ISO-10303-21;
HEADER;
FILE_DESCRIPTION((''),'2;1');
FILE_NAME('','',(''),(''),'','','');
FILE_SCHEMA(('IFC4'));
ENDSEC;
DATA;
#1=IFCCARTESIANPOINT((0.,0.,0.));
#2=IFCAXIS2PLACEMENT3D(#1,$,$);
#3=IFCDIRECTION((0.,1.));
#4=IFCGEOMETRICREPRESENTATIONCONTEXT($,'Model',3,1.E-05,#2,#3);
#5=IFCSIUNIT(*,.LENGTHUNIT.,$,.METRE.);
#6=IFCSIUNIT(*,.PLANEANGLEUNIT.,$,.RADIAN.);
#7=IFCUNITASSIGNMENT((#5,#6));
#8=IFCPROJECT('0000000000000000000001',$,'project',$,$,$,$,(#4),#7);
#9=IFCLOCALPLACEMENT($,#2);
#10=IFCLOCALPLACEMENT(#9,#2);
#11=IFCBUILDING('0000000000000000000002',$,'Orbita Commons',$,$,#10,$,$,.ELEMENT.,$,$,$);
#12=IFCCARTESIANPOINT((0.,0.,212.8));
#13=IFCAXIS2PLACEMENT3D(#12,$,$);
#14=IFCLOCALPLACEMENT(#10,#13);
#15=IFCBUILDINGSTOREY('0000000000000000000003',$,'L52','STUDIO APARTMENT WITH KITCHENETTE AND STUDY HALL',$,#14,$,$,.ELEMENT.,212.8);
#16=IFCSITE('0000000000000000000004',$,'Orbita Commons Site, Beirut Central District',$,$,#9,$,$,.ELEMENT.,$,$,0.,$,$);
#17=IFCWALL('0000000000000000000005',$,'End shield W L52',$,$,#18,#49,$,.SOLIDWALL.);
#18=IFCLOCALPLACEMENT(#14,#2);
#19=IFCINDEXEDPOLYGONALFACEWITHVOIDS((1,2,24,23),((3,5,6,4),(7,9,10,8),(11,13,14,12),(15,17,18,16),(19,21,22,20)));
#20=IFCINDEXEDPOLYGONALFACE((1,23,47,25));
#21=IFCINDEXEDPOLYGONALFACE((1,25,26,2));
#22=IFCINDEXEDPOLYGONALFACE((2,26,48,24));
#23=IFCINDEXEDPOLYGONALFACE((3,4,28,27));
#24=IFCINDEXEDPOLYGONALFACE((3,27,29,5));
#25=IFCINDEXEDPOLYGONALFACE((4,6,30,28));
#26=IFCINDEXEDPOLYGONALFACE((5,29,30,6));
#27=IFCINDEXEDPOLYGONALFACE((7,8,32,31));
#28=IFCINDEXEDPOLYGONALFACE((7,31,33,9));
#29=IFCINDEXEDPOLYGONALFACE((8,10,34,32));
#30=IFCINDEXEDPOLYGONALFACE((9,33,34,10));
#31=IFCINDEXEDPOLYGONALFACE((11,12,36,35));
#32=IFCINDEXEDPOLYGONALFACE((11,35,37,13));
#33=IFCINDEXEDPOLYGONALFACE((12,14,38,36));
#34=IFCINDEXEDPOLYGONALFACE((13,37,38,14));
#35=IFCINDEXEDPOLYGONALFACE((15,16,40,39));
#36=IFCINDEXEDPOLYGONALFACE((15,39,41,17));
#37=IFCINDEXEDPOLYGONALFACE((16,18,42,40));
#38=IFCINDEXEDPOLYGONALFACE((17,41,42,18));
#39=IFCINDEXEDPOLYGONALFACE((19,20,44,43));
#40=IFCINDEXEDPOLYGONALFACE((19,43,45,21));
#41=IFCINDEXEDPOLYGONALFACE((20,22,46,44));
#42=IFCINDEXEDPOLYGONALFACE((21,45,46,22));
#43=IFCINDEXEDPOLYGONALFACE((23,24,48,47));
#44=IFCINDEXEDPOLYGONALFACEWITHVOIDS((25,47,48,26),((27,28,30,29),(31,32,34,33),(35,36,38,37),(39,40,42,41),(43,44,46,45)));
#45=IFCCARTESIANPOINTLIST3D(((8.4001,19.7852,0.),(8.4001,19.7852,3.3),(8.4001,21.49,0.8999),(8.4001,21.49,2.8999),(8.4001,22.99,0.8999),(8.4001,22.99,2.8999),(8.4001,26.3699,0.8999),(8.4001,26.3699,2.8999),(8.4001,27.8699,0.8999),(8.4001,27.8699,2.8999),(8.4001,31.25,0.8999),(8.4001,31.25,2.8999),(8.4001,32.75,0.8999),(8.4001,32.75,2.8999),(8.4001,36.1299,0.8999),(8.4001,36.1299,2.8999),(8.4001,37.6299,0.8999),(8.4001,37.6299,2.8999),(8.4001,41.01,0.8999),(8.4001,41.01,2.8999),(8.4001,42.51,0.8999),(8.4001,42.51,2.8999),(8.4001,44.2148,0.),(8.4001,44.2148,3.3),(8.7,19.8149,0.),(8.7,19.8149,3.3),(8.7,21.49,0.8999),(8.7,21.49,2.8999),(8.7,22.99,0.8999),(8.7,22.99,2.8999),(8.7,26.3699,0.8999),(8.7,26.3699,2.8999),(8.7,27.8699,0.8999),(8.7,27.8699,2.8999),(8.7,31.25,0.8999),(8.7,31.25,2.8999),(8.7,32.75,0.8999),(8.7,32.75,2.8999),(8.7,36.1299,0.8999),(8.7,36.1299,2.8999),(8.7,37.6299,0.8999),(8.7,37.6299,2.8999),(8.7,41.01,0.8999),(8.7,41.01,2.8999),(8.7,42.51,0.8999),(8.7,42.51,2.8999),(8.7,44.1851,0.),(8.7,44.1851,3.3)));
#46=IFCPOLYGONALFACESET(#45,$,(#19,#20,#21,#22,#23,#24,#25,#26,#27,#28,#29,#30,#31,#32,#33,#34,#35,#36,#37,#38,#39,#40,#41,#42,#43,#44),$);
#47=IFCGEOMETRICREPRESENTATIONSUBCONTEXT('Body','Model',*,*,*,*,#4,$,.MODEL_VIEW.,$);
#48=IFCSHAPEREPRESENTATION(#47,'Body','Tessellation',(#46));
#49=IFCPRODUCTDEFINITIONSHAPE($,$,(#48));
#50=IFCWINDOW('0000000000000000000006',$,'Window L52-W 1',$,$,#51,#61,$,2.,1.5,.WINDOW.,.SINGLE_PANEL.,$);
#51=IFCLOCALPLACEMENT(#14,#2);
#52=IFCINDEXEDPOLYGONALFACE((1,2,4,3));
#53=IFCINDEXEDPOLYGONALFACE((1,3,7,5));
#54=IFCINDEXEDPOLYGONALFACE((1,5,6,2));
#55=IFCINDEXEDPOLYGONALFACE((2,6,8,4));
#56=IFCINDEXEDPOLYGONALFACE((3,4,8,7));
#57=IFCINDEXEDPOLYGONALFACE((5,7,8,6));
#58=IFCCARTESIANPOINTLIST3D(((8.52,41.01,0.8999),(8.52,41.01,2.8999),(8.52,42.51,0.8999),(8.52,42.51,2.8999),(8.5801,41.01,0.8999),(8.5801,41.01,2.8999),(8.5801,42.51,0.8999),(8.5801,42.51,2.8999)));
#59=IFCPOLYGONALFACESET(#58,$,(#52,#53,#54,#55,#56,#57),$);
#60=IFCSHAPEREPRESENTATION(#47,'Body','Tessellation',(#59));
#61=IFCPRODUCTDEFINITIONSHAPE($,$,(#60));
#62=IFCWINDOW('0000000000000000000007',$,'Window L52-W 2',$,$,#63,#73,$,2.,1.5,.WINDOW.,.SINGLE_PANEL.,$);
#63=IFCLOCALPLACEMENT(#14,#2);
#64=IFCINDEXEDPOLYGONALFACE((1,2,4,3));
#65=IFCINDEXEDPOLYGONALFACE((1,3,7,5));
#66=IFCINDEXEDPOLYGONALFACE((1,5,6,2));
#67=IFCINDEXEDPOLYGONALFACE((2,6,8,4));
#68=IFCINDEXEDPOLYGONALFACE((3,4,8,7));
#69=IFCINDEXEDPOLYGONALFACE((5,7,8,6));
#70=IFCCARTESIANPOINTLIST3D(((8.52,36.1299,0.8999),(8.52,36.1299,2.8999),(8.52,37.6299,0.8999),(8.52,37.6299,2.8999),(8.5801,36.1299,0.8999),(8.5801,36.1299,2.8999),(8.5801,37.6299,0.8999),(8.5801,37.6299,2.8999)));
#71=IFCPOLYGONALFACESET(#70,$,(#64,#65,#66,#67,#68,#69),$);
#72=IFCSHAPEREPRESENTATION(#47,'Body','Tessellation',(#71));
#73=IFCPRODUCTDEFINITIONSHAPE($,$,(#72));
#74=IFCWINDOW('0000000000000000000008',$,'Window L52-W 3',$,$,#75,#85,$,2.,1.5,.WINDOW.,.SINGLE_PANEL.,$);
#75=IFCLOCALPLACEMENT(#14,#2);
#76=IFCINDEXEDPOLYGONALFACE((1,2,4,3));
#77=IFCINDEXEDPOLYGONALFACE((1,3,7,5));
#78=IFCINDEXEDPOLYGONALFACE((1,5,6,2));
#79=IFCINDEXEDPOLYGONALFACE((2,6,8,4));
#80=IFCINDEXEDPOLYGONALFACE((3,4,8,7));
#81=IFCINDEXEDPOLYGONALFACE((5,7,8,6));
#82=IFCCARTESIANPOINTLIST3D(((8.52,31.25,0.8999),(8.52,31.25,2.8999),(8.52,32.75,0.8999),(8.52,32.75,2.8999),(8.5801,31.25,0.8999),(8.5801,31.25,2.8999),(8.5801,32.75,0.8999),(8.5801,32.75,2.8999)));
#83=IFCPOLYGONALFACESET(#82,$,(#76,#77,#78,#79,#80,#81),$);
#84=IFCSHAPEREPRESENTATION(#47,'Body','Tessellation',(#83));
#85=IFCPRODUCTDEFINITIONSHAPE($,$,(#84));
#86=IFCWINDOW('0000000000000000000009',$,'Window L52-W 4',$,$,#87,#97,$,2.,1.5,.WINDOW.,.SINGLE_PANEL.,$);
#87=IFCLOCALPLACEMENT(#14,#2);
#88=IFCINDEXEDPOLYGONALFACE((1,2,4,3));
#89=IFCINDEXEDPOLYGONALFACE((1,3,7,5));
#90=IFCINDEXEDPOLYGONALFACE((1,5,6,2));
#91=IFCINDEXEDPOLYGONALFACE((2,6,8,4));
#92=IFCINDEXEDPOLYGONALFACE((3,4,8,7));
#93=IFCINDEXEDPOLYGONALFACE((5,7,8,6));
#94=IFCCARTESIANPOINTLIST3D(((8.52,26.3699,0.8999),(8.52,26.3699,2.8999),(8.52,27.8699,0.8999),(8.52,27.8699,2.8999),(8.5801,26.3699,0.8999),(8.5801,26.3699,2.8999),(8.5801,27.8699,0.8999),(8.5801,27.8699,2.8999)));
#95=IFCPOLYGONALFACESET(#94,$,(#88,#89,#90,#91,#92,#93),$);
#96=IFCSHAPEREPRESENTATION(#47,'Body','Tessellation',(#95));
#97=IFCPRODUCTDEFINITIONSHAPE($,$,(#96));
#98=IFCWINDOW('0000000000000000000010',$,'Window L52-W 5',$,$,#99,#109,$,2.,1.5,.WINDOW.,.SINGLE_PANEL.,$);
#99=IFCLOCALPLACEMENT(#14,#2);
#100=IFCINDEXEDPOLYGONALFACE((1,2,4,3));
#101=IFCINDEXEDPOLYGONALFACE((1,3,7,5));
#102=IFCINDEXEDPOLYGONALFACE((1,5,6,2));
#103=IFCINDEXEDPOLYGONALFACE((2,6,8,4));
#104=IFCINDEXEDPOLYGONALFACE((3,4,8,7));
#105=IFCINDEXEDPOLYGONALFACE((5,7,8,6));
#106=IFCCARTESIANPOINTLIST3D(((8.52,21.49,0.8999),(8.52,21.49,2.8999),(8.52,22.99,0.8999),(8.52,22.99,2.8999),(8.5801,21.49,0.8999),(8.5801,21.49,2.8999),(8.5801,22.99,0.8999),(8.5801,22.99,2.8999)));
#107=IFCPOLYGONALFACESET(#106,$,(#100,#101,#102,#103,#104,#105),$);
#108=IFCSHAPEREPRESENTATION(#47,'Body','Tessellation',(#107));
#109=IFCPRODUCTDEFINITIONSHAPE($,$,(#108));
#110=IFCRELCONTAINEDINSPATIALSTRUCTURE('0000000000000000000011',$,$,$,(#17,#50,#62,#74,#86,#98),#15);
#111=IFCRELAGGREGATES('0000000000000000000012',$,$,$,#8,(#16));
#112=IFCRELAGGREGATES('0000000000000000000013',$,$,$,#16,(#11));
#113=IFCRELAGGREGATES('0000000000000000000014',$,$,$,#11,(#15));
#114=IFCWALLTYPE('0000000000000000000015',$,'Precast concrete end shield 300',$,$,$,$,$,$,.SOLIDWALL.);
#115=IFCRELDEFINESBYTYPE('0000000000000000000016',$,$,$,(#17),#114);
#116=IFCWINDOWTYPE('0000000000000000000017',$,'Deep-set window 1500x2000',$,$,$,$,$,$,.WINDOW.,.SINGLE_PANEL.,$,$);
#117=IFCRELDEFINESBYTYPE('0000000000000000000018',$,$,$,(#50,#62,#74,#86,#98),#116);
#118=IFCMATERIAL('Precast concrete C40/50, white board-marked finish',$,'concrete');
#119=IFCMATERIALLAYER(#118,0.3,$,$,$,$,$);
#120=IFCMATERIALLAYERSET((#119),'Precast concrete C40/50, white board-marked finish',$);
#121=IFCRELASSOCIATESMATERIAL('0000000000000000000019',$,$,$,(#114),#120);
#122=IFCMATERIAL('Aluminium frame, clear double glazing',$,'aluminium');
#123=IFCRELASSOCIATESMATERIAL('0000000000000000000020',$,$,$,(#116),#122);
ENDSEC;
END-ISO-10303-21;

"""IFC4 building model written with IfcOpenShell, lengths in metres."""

from ifc_helpers import new_model, si_unit, direction, frame, frame_2d, origin, place, context, subcontext, project, spatial, polyline, rectangle, outline, extrude, material, layer, layer_set, type_object, element, fill, save


model = new_model("IFC4")

# Units and contexts
model_context = context("Model", 3, precision=1e-05, world=origin(), true_north=direction((0.0, 1.0)))
body_context = subcontext(model_context, "Body", "Model", "MODEL_VIEW")
ifc_project = project(units=[si_unit("LENGTHUNIT", "METRE"), si_unit("PLANEANGLEUNIT", "RADIAN")], contexts=[model_context])

# Site, building, storey
site_placement = place(None, origin())
site = spatial("IfcSite", under=ifc_project, at=site_placement, Name="Orbita Commons Site, Beirut Central District", CompositionType="ELEMENT", RefElevation=0.0)
building_placement = place(site_placement, origin())
building = spatial("IfcBuilding", under=site, at=building_placement, Name="Orbita Commons", CompositionType="ELEMENT")
storey_placement = place(building_placement, frame((0.0, 0.0, 212.8)))
storey = spatial("IfcBuildingStorey", under=building, at=storey_placement, Name="L52", Description="STUDIO APARTMENT WITH KITCHENETTE AND STUDY HALL", CompositionType="ELEMENT", Elevation=212.8)

# Wall, openings, windows
ifc_material_1 = material(Name="Precast concrete C40/50, white board-marked finish", Category="concrete")
ifc_layer_1 = layer(ifc_material_1, 0.3)
ifc_layer_set_1 = layer_set([ifc_layer_1], Name="Precast concrete C40/50, white board-marked finish")
wall_type_1 = type_object("IfcWallType", Name="Precast concrete end shield 300", PredefinedType="SOLIDWALL", material=ifc_layer_set_1)
wall_1_placement = place(storey_placement, frame((8.55, 44.2, 0.0), z_axis=(0.0, 0.0, 1.0), x_axis=(0.0, -1.0, 0.0)))
wall_1 = element("IfcWall", 1, at=wall_1_placement, inside=storey, type_object=wall_type_1, Name="End shield W L52", PredefinedType="SOLIDWALL", context=body_context, shape_type="SweptSolid", body=[
    extrude(outline(polyline([(-0.0149, -0.1499), (24.4148, -0.1499), (24.385, 0.1499), (0.0149, 0.1499), (-0.0149, -0.1499)])), origin(), (0.0, 0.0, 1.0), 3.3),
])
opening_1_placement = place(wall_1_placement, frame((1.6899, 0.0, 0.8999)))
opening_1 = element("IfcOpeningElement", 2, at=opening_1_placement, cuts=wall_1, PredefinedType="OPENING", context=body_context, shape_type="SweptSolid", body=[
    extrude(rectangle(XDim=1.5, YDim=2.0, at=frame_2d((0.75, 1.0))), frame((0.0, 0.1599, 0.0), z_axis=(0.0, -1.0, 0.0), x_axis=(1.0, 0.0, 0.0)), (0.0, 0.0, 1.0), 0.3201),
])
opening_2_placement = place(wall_1_placement, frame((6.5701, 0.0, 0.8999)))
opening_2 = element("IfcOpeningElement", 3, at=opening_2_placement, cuts=wall_1, PredefinedType="OPENING", context=body_context, shape_type="SweptSolid", body=[
    extrude(rectangle(XDim=1.5, YDim=2.0, at=frame_2d((0.75, 1.0))), frame((0.0, 0.1599, 0.0), z_axis=(0.0, -1.0, 0.0), x_axis=(1.0, 0.0, 0.0)), (0.0, 0.0, 1.0), 0.3201),
])
opening_3_placement = place(wall_1_placement, frame((11.45, 0.0, 0.8999)))
opening_3 = element("IfcOpeningElement", 4, at=opening_3_placement, cuts=wall_1, PredefinedType="OPENING", context=body_context, shape_type="SweptSolid", body=[
    extrude(rectangle(XDim=1.5, YDim=2.0, at=frame_2d((0.75, 1.0))), frame((0.0, 0.1599, 0.0), z_axis=(0.0, -1.0, 0.0), x_axis=(1.0, 0.0, 0.0)), (0.0, 0.0, 1.0), 0.3201),
])
opening_4_placement = place(wall_1_placement, frame((16.3301, 0.0, 0.8999)))
opening_4 = element("IfcOpeningElement", 5, at=opening_4_placement, cuts=wall_1, PredefinedType="OPENING", context=body_context, shape_type="SweptSolid", body=[
    extrude(rectangle(XDim=1.5, YDim=2.0, at=frame_2d((0.75, 1.0))), frame((0.0, 0.1599, 0.0), z_axis=(0.0, -1.0, 0.0), x_axis=(1.0, 0.0, 0.0)), (0.0, 0.0, 1.0), 0.3201),
])
opening_5_placement = place(wall_1_placement, frame((21.21, 0.0, 0.8999)))
opening_5 = element("IfcOpeningElement", 6, at=opening_5_placement, cuts=wall_1, PredefinedType="OPENING", context=body_context, shape_type="SweptSolid", body=[
    extrude(rectangle(XDim=1.5, YDim=2.0, at=frame_2d((0.75, 1.0))), frame((0.0, 0.1599, 0.0), z_axis=(0.0, -1.0, 0.0), x_axis=(1.0, 0.0, 0.0)), (0.0, 0.0, 1.0), 0.3201),
])
ifc_material_2 = material(Name="Aluminium frame, clear double glazing", Category="aluminium")
window_type = type_object("IfcWindowType", Name="Deep-set window 1500x2000", PartitioningType="SINGLE_PANEL", PredefinedType="WINDOW", material=ifc_material_2)
window_1_placement = place(opening_1_placement, origin())
window_1 = element("IfcWindow", 7, at=window_1_placement, inside=storey, type_object=window_type, Name="Window L52-W 1", OverallHeight=2.0, OverallWidth=1.5, PartitioningType="SINGLE_PANEL", PredefinedType="WINDOW", context=body_context, shape_type="SweptSolid", body=[
    extrude(rectangle(XDim=1.5, YDim=2.0, at=frame_2d((0.75, 1.0))), frame((0.0, 0.03, 0.0), z_axis=(0.0, -1.0, 0.0), x_axis=(1.0, 0.0, 0.0)), (0.0, 0.0, 1.0), 0.0601),
])
fill(opening_1, window_1)
window_2_placement = place(opening_2_placement, origin())
window_2 = element("IfcWindow", 8, at=window_2_placement, inside=storey, type_object=window_type, Name="Window L52-W 2", OverallHeight=2.0, OverallWidth=1.5, PartitioningType="SINGLE_PANEL", PredefinedType="WINDOW", context=body_context, shape_type="SweptSolid", body=[
    extrude(rectangle(XDim=1.5, YDim=2.0, at=frame_2d((0.75, 1.0))), frame((0.0, 0.03, 0.0), z_axis=(0.0, -1.0, 0.0), x_axis=(1.0, 0.0, 0.0)), (0.0, 0.0, 1.0), 0.0601),
])
fill(opening_2, window_2)
window_3_placement = place(opening_3_placement, origin())
window_3 = element("IfcWindow", 9, at=window_3_placement, inside=storey, type_object=window_type, Name="Window L52-W 3", OverallHeight=2.0, OverallWidth=1.5, PartitioningType="SINGLE_PANEL", PredefinedType="WINDOW", context=body_context, shape_type="SweptSolid", body=[
    extrude(rectangle(XDim=1.5, YDim=2.0, at=frame_2d((0.75, 1.0))), frame((0.0, 0.03, 0.0), z_axis=(0.0, -1.0, 0.0), x_axis=(1.0, 0.0, 0.0)), (0.0, 0.0, 1.0), 0.0601),
])
fill(opening_3, window_3)
window_4_placement = place(opening_4_placement, origin())
window_4 = element("IfcWindow", 10, at=window_4_placement, inside=storey, type_object=window_type, Name="Window L52-W 4", OverallHeight=2.0, OverallWidth=1.5, PartitioningType="SINGLE_PANEL", PredefinedType="WINDOW", context=body_context, shape_type="SweptSolid", body=[
    extrude(rectangle(XDim=1.5, YDim=2.0, at=frame_2d((0.75, 1.0))), frame((0.0, 0.03, 0.0), z_axis=(0.0, -1.0, 0.0), x_axis=(1.0, 0.0, 0.0)), (0.0, 0.0, 1.0), 0.0601),
])
fill(opening_4, window_4)
window_5_placement = place(opening_5_placement, origin())
window_5 = element("IfcWindow", 11, at=window_5_placement, inside=storey, type_object=window_type, Name="Window L52-W 5", OverallHeight=2.0, OverallWidth=1.5, PartitioningType="SINGLE_PANEL", PredefinedType="WINDOW", context=body_context, shape_type="SweptSolid", body=[
    extrude(rectangle(XDim=1.5, YDim=2.0, at=frame_2d((0.75, 1.0))), frame((0.0, 0.03, 0.0), z_axis=(0.0, -1.0, 0.0), x_axis=(1.0, 0.0, 0.0)), (0.0, 0.0, 1.0), 0.0601),
])
fill(opening_5, window_5)

save(model, "model.ifc")
